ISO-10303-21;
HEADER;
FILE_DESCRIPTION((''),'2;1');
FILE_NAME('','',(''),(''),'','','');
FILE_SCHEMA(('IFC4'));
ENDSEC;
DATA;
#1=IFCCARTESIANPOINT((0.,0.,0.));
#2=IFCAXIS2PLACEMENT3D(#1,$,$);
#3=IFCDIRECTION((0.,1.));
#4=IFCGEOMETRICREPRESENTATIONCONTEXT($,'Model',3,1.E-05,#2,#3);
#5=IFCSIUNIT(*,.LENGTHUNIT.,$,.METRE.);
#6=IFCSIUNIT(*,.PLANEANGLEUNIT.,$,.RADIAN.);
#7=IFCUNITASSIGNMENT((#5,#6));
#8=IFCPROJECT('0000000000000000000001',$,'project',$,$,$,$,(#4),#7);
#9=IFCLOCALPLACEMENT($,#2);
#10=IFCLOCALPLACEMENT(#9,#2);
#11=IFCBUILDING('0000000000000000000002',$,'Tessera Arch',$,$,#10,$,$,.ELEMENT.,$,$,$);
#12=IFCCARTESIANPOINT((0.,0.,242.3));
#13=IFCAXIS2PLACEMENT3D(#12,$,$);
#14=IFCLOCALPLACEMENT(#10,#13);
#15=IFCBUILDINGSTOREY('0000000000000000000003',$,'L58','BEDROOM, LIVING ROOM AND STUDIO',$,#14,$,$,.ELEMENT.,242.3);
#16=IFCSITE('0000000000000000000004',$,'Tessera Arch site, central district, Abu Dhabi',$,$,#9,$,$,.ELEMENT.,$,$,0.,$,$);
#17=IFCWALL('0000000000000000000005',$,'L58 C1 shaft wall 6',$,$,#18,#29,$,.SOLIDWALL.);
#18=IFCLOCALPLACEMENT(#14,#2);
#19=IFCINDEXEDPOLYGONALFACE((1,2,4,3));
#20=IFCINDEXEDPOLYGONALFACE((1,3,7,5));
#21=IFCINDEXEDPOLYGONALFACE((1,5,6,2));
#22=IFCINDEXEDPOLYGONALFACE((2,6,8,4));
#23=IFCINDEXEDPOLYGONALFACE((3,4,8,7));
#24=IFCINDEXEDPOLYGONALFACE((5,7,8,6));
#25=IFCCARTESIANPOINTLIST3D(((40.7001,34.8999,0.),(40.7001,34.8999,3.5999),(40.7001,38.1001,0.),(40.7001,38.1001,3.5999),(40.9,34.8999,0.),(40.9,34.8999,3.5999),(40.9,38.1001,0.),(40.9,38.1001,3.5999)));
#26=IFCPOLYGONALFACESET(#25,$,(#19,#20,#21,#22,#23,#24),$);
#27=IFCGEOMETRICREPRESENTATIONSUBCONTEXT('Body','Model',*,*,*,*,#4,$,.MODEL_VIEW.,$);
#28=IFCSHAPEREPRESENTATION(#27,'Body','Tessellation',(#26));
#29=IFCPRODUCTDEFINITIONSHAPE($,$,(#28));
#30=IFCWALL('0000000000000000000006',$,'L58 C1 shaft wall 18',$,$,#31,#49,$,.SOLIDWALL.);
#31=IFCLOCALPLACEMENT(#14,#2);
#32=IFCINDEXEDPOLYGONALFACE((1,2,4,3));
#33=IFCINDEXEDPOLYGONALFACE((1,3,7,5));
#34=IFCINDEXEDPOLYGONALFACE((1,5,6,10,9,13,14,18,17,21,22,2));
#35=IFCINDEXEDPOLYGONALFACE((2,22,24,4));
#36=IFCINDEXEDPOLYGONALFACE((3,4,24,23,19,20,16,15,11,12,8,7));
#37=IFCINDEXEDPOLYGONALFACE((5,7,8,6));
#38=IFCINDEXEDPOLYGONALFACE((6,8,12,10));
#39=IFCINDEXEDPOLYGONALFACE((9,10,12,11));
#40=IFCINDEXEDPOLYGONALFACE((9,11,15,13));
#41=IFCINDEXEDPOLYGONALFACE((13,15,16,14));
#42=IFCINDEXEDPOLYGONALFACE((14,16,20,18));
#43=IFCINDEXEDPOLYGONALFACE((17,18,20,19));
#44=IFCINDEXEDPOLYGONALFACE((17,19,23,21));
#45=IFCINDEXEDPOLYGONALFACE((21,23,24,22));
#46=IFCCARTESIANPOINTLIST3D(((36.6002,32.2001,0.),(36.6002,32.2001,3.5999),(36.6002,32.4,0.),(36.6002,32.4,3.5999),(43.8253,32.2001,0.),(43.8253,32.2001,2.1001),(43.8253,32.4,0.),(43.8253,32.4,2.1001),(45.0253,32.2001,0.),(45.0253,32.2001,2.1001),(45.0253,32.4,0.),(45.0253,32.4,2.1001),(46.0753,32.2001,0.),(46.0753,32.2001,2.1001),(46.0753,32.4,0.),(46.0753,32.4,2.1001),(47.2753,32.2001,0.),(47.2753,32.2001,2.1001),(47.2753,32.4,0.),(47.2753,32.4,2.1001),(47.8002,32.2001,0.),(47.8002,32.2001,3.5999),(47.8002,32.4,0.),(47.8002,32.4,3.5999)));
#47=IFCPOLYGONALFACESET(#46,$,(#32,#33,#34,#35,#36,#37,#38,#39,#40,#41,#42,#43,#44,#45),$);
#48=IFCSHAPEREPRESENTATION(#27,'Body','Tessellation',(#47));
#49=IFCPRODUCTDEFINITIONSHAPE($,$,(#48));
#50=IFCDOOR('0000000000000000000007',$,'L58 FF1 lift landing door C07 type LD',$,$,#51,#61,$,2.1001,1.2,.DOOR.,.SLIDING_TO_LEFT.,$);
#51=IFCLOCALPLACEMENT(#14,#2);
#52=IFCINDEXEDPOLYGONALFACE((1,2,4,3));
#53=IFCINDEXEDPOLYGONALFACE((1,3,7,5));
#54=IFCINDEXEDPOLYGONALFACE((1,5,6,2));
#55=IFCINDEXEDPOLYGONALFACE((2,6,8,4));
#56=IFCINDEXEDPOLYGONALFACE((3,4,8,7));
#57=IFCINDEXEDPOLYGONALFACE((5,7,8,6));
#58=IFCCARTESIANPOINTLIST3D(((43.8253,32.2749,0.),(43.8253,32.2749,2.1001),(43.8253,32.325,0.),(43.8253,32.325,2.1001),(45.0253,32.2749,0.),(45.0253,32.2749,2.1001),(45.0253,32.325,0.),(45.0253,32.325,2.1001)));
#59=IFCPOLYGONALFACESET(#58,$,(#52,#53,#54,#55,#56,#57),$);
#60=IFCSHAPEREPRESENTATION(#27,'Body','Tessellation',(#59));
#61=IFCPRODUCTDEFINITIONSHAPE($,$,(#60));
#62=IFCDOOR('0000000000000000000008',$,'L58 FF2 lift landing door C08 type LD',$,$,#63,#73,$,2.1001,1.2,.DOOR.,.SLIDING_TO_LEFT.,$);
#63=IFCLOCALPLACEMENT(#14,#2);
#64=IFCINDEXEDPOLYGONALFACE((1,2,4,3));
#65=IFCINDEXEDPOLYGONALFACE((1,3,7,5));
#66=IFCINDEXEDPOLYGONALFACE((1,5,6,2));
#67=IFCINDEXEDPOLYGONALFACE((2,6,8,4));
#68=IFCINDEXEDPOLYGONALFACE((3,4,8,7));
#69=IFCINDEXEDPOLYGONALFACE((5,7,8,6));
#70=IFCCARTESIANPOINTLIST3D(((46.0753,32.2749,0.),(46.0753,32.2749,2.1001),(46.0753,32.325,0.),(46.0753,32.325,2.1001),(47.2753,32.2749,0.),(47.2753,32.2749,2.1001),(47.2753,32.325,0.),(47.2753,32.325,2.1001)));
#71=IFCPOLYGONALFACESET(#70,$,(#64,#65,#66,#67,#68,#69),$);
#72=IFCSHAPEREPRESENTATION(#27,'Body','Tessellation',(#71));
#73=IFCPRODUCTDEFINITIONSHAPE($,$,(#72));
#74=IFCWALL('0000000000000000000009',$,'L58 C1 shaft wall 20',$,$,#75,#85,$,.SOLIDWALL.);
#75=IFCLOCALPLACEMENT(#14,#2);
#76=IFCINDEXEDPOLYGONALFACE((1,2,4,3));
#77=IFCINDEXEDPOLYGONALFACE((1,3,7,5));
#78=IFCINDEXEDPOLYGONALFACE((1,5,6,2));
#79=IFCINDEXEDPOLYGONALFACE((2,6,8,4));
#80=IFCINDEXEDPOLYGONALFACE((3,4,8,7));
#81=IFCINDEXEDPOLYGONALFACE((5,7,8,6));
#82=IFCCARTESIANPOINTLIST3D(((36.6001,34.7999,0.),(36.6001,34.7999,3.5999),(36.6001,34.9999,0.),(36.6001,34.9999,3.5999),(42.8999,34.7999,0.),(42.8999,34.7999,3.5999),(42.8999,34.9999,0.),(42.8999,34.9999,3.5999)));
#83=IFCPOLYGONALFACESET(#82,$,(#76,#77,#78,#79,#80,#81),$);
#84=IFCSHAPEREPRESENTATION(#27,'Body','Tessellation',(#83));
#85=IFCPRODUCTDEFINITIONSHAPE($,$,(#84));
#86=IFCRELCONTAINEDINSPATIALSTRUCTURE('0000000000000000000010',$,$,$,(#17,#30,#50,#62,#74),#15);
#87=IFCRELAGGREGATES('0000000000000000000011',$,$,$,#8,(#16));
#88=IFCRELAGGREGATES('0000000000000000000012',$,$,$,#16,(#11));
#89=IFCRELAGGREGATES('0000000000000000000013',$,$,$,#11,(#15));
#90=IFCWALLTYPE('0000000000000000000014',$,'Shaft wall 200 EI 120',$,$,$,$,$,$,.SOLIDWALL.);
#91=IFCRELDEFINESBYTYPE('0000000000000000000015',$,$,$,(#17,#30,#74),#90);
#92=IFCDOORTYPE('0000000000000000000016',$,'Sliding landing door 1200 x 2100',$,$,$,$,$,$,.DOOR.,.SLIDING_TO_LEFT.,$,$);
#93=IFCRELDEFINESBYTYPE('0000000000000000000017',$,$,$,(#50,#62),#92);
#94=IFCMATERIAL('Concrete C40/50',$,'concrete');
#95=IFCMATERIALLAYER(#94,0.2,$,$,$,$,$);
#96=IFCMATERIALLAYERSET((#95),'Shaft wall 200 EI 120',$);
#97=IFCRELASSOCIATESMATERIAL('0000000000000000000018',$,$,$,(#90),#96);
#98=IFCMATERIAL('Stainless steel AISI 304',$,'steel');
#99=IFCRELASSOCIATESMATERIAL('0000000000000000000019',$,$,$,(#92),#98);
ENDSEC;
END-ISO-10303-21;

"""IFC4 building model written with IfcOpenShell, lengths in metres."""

from ifc_helpers import new_model, si_unit, direction, frame, frame_2d, origin, place, context, subcontext, project, spatial, rectangle, extrude, material, layer, layer_set, type_object, element, fill, save


model = new_model("IFC4")

# Units and contexts
model_context = context("Model", 3, precision=1e-05, world=origin(), true_north=direction((0.0, 1.0)))
body_context = subcontext(model_context, "Body", "Model", "MODEL_VIEW")
ifc_project = project(units=[si_unit("LENGTHUNIT", "METRE"), si_unit("PLANEANGLEUNIT", "RADIAN")], contexts=[model_context])

# Site, building, storey
site_placement = place(None, origin())
site = spatial("IfcSite", under=ifc_project, at=site_placement, Name="Tessera Arch site, central district, Abu Dhabi", CompositionType="ELEMENT", RefElevation=0.0)
building_placement = place(site_placement, origin())
building = spatial("IfcBuilding", under=site, at=building_placement, Name="Tessera Arch", CompositionType="ELEMENT")
storey_placement = place(building_placement, frame((0.0, 0.0, 242.3)))
storey = spatial("IfcBuildingStorey", under=building, at=storey_placement, Name="L58", Description="BEDROOM, LIVING ROOM AND STUDIO", CompositionType="ELEMENT", Elevation=242.3)

# Wall
ifc_material_1 = material(Name="Concrete C40/50", Category="concrete")
ifc_layer_1 = layer(ifc_material_1, 0.2)
ifc_layer_set_1 = layer_set([ifc_layer_1], Name="Shaft wall 200 EI 120")
wall_type_1 = type_object("IfcWallType", Name="Shaft wall 200 EI 120", PredefinedType="SOLIDWALL", material=ifc_layer_set_1)
wall_1_placement = place(storey_placement, frame((40.8, 34.8999, 0.0), z_axis=(0.0, 0.0, 1.0), x_axis=(0.0, 1.0, 0.0)))
element("IfcWall", 1, at=wall_1_placement, inside=storey, type_object=wall_type_1, Name="L58 C1 shaft wall 6", PredefinedType="SOLIDWALL", context=body_context, shape_type="SweptSolid", body=[
    extrude(rectangle(XDim=3.2002, YDim=0.2, at=frame_2d((1.6001, 0.0))), origin(), (0.0, 0.0, 1.0), 3.5999),
])

# Wall, openings, doors
wall_2_placement = place(storey_placement, frame((36.6001, 32.3, 0.0), z_axis=(0.0, 0.0, 1.0), x_axis=(1.0, 0.0, 0.0)))
wall_2 = element("IfcWall", 2, at=wall_2_placement, inside=storey, type_object=wall_type_1, Name="L58 C1 shaft wall 18", PredefinedType="SOLIDWALL", context=body_context, shape_type="SweptSolid", body=[
    extrude(rectangle(XDim=11.2, YDim=0.2, at=frame_2d((5.6001, 0.0))), origin(), (0.0, 0.0, 1.0), 3.5999),
])
opening_1_placement = place(wall_2_placement, frame((7.2251, 0.0, 0.0)))
opening_1 = element("IfcOpeningElement", 3, at=opening_1_placement, cuts=wall_2, PredefinedType="OPENING", context=body_context, shape_type="SweptSolid", body=[
    extrude(rectangle(XDim=1.2, YDim=2.1001, at=frame_2d((0.6001, 1.05))), frame((0.0, 0.1099, 0.0), z_axis=(0.0, -1.0, 0.0), x_axis=(1.0, 0.0, 0.0)), (0.0, 0.0, 1.0), 0.22),
])
opening_2_placement = place(wall_2_placement, frame((9.4751, 0.0, 0.0)))
opening_2 = element("IfcOpeningElement", 4, at=opening_2_placement, cuts=wall_2, PredefinedType="OPENING", context=body_context, shape_type="SweptSolid", body=[
    extrude(rectangle(XDim=1.2, YDim=2.1001, at=frame_2d((0.6001, 1.05))), frame((0.0, 0.1099, 0.0), z_axis=(0.0, -1.0, 0.0), x_axis=(1.0, 0.0, 0.0)), (0.0, 0.0, 1.0), 0.22),
])
ifc_material_2 = material(Name="Stainless steel AISI 304", Category="steel")
door_type_1 = type_object("IfcDoorType", Name="Sliding landing door 1200 x 2100", OperationType="SLIDING_TO_LEFT", PredefinedType="DOOR", material=ifc_material_2)
door_1_placement = place(opening_1_placement, origin())
door_1 = element("IfcDoor", 5, at=door_1_placement, inside=storey, type_object=door_type_1, Name="L58 FF1 lift landing door C07 type LD", OperationType="SLIDING_TO_LEFT", OverallHeight=2.1001, OverallWidth=1.2, PredefinedType="DOOR", context=body_context, shape_type="SweptSolid", body=[
    extrude(rectangle(XDim=1.2, YDim=2.1001, at=frame_2d((0.6001, 1.05))), frame((0.0, 0.0249, 0.0), z_axis=(0.0, -1.0, 0.0), x_axis=(1.0, 0.0, 0.0)), (0.0, 0.0, 1.0), 0.05),
])
fill(opening_1, door_1)
door_2_placement = place(opening_2_placement, origin())
door_2 = element("IfcDoor", 6, at=door_2_placement, inside=storey, type_object=door_type_1, Name="L58 FF2 lift landing door C08 type LD", OperationType="SLIDING_TO_LEFT", OverallHeight=2.1001, OverallWidth=1.2, PredefinedType="DOOR", context=body_context, shape_type="SweptSolid", body=[
    extrude(rectangle(XDim=1.2, YDim=2.1001, at=frame_2d((0.6001, 1.05))), frame((0.0, 0.0249, 0.0), z_axis=(0.0, -1.0, 0.0), x_axis=(1.0, 0.0, 0.0)), (0.0, 0.0, 1.0), 0.05),
])
fill(opening_2, door_2)

# Wall
wall_3_placement = place(storey_placement, frame((36.6001, 34.8999, 0.0), z_axis=(0.0, 0.0, 1.0), x_axis=(1.0, 0.0, 0.0)))
element("IfcWall", 7, at=wall_3_placement, inside=storey, type_object=wall_type_1, Name="L58 C1 shaft wall 20", PredefinedType="SOLIDWALL", context=body_context, shape_type="SweptSolid", body=[
    extrude(rectangle(XDim=6.2998, YDim=0.2, at=frame_2d((3.1499, 0.0))), origin(), (0.0, 0.0, 1.0), 3.5999),
])

save(model, "model.ifc")
